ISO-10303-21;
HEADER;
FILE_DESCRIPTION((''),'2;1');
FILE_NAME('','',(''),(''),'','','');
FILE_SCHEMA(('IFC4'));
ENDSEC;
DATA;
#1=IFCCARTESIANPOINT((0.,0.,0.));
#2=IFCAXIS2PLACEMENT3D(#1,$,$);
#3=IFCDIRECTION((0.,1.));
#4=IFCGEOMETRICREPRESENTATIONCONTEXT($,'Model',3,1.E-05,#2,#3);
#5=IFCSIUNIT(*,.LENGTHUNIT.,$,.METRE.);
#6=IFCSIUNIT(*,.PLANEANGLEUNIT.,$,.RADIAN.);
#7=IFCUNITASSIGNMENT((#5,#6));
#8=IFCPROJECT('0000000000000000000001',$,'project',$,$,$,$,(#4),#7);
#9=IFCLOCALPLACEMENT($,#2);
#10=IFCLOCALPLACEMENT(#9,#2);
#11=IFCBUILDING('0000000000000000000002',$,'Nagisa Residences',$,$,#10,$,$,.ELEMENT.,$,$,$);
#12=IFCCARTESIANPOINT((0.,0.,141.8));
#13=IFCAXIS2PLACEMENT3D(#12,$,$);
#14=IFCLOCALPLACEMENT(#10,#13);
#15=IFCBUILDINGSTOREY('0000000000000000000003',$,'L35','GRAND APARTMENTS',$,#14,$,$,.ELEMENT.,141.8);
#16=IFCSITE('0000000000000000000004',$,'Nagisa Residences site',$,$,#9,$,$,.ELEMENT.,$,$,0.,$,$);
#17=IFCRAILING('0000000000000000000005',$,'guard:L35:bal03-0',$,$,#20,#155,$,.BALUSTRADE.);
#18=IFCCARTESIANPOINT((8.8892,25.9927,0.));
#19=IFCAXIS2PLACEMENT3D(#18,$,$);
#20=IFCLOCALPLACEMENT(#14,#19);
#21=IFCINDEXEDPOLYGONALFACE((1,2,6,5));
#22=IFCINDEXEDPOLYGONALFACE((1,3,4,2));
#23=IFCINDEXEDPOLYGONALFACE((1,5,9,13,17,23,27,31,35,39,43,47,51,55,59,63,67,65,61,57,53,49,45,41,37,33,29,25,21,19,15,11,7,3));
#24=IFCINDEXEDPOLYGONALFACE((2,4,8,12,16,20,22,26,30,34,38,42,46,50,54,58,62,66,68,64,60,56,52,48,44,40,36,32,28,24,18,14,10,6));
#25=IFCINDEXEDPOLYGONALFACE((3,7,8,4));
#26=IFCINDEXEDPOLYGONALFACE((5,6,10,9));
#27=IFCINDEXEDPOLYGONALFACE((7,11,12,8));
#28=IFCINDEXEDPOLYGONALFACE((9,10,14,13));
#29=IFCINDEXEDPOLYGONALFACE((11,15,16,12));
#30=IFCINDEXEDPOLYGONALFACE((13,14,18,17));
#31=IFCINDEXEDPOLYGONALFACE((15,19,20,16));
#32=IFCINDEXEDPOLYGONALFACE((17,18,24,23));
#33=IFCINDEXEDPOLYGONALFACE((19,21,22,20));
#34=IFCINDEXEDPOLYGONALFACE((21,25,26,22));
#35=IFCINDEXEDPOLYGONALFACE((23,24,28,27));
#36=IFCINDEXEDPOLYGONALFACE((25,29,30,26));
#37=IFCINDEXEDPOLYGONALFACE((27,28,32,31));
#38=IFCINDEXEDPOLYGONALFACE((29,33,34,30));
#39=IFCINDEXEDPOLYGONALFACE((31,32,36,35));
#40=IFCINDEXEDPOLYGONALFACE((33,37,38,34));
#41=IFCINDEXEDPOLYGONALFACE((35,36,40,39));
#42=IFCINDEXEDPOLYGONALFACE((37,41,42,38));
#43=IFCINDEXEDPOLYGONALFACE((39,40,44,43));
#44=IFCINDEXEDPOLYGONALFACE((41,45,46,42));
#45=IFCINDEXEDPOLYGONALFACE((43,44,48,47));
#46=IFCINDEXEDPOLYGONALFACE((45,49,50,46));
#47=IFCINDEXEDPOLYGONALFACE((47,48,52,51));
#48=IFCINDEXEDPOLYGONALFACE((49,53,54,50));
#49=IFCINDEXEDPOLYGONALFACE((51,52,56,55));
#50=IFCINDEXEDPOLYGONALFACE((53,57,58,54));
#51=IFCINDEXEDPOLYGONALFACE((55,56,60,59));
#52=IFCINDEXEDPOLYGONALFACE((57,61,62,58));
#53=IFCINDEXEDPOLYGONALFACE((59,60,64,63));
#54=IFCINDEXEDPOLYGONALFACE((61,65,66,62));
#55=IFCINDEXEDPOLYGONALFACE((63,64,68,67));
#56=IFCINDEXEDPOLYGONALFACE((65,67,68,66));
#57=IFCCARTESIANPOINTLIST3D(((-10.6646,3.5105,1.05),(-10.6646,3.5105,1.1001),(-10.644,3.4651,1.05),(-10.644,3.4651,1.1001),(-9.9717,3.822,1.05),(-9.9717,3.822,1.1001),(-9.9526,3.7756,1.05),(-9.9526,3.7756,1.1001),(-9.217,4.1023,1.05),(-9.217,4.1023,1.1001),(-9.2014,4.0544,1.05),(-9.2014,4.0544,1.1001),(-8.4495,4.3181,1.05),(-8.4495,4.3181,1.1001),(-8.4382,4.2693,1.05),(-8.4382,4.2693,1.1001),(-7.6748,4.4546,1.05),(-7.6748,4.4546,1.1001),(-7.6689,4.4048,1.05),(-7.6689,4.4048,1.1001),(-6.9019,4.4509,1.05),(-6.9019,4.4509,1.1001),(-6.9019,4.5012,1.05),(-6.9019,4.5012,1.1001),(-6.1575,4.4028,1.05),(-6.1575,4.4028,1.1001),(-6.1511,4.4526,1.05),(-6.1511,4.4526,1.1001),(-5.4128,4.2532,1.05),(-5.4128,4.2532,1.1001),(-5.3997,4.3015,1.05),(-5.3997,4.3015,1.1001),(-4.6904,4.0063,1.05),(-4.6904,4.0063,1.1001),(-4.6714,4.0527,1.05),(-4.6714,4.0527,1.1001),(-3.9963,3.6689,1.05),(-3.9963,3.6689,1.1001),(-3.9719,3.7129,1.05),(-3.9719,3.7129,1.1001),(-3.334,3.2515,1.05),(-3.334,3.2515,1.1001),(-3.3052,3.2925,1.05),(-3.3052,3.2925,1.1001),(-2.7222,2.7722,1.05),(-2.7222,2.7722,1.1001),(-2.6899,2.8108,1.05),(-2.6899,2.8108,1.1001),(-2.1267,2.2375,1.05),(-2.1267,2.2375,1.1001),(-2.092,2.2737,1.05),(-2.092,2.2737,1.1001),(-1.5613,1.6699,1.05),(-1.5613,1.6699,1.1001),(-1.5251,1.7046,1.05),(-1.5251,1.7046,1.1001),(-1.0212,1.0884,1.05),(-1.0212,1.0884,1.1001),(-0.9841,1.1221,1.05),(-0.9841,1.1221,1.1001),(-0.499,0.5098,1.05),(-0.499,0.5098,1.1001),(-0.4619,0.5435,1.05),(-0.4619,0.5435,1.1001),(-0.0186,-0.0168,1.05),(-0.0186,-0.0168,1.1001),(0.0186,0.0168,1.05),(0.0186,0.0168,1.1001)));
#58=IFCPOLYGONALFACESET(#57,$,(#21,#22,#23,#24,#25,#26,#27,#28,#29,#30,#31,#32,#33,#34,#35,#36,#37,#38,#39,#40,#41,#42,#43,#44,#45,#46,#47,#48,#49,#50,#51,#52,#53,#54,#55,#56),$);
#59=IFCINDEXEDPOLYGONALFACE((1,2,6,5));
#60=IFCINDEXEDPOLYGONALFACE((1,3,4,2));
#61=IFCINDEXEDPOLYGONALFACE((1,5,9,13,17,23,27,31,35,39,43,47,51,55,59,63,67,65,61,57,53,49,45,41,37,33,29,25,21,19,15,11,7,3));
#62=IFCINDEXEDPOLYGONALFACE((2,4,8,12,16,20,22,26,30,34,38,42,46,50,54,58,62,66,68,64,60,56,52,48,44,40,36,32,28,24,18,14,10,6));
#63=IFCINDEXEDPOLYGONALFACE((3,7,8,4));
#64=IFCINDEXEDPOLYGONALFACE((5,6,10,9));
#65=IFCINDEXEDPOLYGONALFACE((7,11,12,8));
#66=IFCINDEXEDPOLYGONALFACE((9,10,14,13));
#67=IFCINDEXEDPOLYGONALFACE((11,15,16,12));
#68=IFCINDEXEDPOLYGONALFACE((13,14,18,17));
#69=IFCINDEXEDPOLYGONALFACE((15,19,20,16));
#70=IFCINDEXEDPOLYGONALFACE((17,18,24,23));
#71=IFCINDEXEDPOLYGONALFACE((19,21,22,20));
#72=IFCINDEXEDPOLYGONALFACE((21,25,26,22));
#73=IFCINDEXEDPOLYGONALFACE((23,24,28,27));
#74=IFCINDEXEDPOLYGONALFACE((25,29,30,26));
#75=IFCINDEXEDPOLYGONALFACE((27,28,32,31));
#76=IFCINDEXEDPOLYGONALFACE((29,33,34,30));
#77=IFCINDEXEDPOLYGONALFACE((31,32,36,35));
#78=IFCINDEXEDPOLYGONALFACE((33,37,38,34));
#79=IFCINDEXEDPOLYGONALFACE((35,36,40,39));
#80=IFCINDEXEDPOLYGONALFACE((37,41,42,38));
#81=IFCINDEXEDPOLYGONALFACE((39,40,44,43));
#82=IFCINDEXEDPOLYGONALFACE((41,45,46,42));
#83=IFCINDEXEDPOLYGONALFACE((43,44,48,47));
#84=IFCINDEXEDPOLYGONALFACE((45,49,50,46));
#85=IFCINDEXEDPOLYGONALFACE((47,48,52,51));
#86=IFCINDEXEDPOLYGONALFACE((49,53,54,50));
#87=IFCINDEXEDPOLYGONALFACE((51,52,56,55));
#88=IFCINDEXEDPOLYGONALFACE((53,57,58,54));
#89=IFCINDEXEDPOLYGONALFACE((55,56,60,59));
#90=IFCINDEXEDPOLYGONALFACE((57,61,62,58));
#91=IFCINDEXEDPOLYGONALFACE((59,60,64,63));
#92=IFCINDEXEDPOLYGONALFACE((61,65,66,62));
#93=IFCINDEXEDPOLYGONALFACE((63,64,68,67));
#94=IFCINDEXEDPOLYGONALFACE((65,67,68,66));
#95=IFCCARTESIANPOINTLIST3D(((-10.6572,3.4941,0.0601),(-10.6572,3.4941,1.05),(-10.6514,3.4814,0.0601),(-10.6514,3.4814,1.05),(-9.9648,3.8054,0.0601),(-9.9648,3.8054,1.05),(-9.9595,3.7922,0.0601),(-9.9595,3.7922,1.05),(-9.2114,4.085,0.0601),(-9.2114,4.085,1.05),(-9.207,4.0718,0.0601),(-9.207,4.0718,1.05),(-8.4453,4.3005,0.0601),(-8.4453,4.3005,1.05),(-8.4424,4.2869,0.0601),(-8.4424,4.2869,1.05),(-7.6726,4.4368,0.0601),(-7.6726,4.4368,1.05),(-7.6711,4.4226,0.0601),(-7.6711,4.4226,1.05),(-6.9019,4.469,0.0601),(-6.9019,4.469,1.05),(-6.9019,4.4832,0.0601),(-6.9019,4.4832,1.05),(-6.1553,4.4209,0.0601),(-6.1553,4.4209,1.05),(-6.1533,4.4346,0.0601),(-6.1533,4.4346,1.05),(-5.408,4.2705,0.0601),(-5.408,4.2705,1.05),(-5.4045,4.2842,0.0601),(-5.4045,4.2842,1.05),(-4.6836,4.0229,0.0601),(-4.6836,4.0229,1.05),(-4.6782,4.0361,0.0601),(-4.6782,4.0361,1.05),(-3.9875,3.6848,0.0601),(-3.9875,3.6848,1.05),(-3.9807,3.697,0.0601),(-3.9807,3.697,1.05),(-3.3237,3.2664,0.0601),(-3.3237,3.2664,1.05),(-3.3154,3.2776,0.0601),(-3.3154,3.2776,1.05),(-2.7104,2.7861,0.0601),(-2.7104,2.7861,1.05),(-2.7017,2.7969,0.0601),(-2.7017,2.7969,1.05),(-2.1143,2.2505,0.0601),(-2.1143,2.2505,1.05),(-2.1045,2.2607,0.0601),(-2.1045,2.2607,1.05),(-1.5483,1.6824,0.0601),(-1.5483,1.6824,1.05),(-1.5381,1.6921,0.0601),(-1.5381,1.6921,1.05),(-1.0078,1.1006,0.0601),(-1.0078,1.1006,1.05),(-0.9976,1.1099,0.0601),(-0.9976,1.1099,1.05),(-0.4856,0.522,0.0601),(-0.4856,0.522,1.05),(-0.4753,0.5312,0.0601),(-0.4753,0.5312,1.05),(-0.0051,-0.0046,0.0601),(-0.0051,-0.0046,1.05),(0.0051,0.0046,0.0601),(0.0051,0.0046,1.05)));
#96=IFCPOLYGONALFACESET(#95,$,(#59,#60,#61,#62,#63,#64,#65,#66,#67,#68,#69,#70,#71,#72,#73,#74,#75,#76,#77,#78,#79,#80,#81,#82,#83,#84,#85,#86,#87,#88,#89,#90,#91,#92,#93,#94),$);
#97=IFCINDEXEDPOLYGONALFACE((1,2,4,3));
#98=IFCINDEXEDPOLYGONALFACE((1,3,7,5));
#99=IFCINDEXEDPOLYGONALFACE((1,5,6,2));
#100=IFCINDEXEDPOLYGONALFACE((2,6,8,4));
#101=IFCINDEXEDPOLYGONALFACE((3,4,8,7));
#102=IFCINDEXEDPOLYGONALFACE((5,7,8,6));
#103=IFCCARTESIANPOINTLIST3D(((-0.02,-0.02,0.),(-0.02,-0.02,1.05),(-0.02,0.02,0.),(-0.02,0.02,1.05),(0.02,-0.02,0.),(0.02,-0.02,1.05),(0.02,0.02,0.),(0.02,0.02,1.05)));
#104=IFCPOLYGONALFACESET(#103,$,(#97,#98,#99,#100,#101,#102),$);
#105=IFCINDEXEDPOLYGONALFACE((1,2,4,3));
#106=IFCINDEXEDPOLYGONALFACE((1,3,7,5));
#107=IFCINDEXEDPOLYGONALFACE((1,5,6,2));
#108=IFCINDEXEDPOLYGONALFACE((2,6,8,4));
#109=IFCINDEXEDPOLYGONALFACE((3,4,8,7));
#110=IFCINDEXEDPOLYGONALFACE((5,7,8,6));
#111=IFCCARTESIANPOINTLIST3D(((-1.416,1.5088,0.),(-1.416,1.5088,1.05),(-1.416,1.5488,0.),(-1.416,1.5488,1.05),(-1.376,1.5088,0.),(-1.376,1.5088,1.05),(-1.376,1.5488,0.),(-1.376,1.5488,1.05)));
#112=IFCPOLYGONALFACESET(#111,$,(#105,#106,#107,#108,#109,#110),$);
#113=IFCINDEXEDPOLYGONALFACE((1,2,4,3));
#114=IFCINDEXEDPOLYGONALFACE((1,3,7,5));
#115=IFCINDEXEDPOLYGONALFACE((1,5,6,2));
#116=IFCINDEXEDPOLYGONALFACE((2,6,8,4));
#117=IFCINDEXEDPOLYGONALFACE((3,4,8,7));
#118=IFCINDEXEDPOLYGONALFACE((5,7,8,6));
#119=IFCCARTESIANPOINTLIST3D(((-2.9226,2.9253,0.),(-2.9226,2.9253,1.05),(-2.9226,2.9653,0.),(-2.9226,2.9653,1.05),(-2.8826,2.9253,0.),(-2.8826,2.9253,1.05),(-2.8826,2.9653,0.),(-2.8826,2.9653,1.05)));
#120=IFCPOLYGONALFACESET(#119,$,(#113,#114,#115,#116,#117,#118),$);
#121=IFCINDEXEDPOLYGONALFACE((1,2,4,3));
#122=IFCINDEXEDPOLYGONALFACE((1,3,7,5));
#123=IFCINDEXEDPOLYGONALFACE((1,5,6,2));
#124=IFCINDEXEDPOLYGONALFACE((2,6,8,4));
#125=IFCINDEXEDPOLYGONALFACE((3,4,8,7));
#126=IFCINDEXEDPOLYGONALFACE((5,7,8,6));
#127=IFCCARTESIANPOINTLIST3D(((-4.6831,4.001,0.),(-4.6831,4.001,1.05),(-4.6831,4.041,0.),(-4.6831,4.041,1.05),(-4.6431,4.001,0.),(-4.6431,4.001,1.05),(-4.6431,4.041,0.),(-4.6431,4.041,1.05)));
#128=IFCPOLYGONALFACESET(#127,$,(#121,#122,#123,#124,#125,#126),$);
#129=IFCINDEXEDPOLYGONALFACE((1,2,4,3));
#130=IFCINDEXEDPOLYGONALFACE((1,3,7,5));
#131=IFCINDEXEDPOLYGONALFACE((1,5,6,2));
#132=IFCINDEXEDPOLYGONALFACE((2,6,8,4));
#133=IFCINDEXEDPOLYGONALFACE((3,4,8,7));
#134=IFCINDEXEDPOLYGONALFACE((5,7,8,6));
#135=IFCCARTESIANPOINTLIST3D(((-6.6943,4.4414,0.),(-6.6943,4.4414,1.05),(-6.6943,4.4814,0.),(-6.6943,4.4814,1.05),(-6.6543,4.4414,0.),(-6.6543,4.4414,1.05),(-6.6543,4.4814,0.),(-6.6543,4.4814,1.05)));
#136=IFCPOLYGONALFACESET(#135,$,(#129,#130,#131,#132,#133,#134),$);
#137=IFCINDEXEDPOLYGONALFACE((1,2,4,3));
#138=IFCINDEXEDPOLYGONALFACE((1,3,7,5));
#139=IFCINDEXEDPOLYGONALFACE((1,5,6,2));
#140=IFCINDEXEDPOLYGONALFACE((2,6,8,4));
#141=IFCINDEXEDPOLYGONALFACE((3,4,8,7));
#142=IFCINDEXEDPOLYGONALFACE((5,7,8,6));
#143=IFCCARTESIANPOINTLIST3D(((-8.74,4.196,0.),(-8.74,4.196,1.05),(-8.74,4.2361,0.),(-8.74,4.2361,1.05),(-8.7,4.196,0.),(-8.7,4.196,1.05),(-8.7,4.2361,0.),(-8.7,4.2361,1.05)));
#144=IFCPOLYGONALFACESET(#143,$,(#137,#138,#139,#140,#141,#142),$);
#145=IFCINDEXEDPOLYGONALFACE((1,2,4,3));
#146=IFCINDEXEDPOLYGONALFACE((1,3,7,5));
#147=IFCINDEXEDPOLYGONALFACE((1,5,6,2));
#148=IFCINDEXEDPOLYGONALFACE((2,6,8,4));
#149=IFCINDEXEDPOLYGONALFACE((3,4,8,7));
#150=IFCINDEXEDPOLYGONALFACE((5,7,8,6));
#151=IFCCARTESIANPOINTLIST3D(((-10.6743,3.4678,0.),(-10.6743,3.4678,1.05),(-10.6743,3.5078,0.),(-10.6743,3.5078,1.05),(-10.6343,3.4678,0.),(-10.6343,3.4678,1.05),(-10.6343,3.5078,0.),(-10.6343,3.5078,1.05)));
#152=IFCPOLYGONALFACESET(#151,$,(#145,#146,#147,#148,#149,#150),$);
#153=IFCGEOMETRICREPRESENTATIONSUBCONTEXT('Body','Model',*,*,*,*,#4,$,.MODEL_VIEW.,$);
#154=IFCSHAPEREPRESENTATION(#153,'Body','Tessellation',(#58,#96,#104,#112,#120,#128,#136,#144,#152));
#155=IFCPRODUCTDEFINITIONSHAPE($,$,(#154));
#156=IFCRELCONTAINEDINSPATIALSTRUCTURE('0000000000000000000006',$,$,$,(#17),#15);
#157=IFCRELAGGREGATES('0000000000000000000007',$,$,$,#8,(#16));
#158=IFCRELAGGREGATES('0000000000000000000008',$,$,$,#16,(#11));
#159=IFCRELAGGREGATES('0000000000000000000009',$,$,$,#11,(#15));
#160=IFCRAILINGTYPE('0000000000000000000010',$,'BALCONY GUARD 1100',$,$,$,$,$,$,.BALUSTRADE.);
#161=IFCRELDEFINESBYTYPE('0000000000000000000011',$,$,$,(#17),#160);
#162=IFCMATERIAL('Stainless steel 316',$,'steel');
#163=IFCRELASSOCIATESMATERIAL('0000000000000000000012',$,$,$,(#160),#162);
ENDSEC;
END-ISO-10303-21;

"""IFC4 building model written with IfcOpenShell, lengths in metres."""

from ifc_helpers import new_model, si_unit, direction, frame, origin, origin_2d, place, context, subcontext, project, spatial, polyline, rectangle, outline, extrude, material, type_object, element, save


model = new_model("IFC4")

# Units and contexts
model_context = context("Model", 3, precision=1e-05, world=origin(), true_north=direction((0.0, 1.0)))
body_context = subcontext(model_context, "Body", "Model", "MODEL_VIEW")
ifc_project = project(units=[si_unit("LENGTHUNIT", "METRE"), si_unit("PLANEANGLEUNIT", "RADIAN")], contexts=[model_context])

# Site, building, storey
site_placement = place(None, origin())
site = spatial("IfcSite", under=ifc_project, at=site_placement, Name="Nagisa Residences site", CompositionType="ELEMENT", RefElevation=0.0)
building_placement = place(site_placement, origin())
building = spatial("IfcBuilding", under=site, at=building_placement, Name="Nagisa Residences", CompositionType="ELEMENT")
storey_placement = place(building_placement, frame((0.0, 0.0, 141.8)))
storey = spatial("IfcBuildingStorey", under=building, at=storey_placement, Name="L35", Description="GRAND APARTMENTS", CompositionType="ELEMENT", Elevation=141.8)

# Railing
ifc_material_1 = material(Name="Stainless steel 316", Category="steel")
railing_type_1 = type_object("IfcRailingType", Name="BALCONY GUARD 1100", PredefinedType="BALUSTRADE", material=ifc_material_1)
railing_1_placement = place(storey_placement, frame((8.8892, 25.9927, 0.0)))
element("IfcRailing", 1, at=railing_1_placement, inside=storey, type_object=railing_type_1, Name="guard:L35:bal03-0", PredefinedType="BALUSTRADE", context=body_context, shape_type="SweptSolid", body=[
    extrude(outline(polyline([(-0.499, 0.5098), (-0.0186, -0.0168), (0.0186, 0.0168), (-0.4619, 0.5435), (-0.9841, 1.1221), (-1.5251, 1.7046), (-2.092, 2.2737), (-2.6899, 2.8108), (-3.3052, 3.2925), (-3.9719, 3.7129), (-4.6714, 4.0527), (-5.3997, 4.3015), (-6.1511, 4.4526), (-6.9019, 4.5012), (-7.6748, 4.4546), (-8.4495, 4.3181), (-9.217, 4.1023), (-9.9717, 3.822), (-10.6646, 3.5105), (-10.644, 3.4651), (-9.9526, 3.7756), (-9.2014, 4.0544), (-8.4382, 4.2693), (-7.6689, 4.4048), (-6.9019, 4.4509), (-6.1575, 4.4028), (-5.4128, 4.2532), (-4.6904, 4.0063), (-3.9963, 3.6689), (-3.334, 3.2515), (-2.7222, 2.7722), (-2.1267, 2.2375), (-1.5613, 1.6699), (-1.0212, 1.0884), (-0.499, 0.5098)])), frame((0.0, 0.0, 1.05)), (0.0, 0.0, 1.0), 0.05),
    extrude(outline(polyline([(-0.4856, 0.522), (-0.0051, -0.0046), (0.0051, 0.0046), (-0.4753, 0.5312), (-0.9976, 1.1099), (-1.5381, 1.6921), (-2.1045, 2.2607), (-2.7017, 2.7969), (-3.3154, 3.2776), (-3.9807, 3.697), (-4.6782, 4.0361), (-5.4045, 4.2842), (-6.1533, 4.4346), (-6.9019, 4.4832), (-7.6726, 4.4368), (-8.4453, 4.3005), (-9.2114, 4.085), (-9.9648, 3.8054), (-10.6572, 3.4941), (-10.6514, 3.4814), (-9.9595, 3.7922), (-9.207, 4.0718), (-8.4424, 4.2869), (-7.6711, 4.4226), (-6.9019, 4.469), (-6.1553, 4.4209), (-5.408, 4.2705), (-4.6836, 4.0229), (-3.9875, 3.6848), (-3.3237, 3.2664), (-2.7104, 2.7861), (-2.1143, 2.2505), (-1.5483, 1.6824), (-1.0078, 1.1006), (-0.4856, 0.522)])), frame((0.0, 0.0, 0.0601)), (0.0, 0.0, 1.0), 0.99),
    extrude(rectangle(XDim=0.04, YDim=0.04, at=origin_2d()), origin(), (0.0, 0.0, 1.0), 1.05),
    extrude(rectangle(XDim=0.04, YDim=0.04, at=origin_2d()), frame((-1.396, 1.5288, 0.0)), (0.0, 0.0, 1.0), 1.05),
    extrude(rectangle(XDim=0.04, YDim=0.04, at=origin_2d()), frame((-2.9026, 2.9453, 0.0)), (0.0, 0.0, 1.0), 1.05),
    extrude(rectangle(XDim=0.04, YDim=0.04, at=origin_2d()), frame((-4.6631, 4.021, 0.0)), (0.0, 0.0, 1.0), 1.05),
    extrude(rectangle(XDim=0.04, YDim=0.04, at=origin_2d()), frame((-6.6743, 4.4614, 0.0)), (0.0, 0.0, 1.0), 1.05),
    extrude(rectangle(XDim=0.04, YDim=0.04, at=origin_2d()), frame((-8.72, 4.2161, 0.0)), (0.0, 0.0, 1.0), 1.05),
    extrude(rectangle(XDim=0.04, YDim=0.04, at=origin_2d()), frame((-10.6543, 3.4878, 0.0)), (0.0, 0.0, 1.0), 1.05),
])

save(model, "model.ifc")
